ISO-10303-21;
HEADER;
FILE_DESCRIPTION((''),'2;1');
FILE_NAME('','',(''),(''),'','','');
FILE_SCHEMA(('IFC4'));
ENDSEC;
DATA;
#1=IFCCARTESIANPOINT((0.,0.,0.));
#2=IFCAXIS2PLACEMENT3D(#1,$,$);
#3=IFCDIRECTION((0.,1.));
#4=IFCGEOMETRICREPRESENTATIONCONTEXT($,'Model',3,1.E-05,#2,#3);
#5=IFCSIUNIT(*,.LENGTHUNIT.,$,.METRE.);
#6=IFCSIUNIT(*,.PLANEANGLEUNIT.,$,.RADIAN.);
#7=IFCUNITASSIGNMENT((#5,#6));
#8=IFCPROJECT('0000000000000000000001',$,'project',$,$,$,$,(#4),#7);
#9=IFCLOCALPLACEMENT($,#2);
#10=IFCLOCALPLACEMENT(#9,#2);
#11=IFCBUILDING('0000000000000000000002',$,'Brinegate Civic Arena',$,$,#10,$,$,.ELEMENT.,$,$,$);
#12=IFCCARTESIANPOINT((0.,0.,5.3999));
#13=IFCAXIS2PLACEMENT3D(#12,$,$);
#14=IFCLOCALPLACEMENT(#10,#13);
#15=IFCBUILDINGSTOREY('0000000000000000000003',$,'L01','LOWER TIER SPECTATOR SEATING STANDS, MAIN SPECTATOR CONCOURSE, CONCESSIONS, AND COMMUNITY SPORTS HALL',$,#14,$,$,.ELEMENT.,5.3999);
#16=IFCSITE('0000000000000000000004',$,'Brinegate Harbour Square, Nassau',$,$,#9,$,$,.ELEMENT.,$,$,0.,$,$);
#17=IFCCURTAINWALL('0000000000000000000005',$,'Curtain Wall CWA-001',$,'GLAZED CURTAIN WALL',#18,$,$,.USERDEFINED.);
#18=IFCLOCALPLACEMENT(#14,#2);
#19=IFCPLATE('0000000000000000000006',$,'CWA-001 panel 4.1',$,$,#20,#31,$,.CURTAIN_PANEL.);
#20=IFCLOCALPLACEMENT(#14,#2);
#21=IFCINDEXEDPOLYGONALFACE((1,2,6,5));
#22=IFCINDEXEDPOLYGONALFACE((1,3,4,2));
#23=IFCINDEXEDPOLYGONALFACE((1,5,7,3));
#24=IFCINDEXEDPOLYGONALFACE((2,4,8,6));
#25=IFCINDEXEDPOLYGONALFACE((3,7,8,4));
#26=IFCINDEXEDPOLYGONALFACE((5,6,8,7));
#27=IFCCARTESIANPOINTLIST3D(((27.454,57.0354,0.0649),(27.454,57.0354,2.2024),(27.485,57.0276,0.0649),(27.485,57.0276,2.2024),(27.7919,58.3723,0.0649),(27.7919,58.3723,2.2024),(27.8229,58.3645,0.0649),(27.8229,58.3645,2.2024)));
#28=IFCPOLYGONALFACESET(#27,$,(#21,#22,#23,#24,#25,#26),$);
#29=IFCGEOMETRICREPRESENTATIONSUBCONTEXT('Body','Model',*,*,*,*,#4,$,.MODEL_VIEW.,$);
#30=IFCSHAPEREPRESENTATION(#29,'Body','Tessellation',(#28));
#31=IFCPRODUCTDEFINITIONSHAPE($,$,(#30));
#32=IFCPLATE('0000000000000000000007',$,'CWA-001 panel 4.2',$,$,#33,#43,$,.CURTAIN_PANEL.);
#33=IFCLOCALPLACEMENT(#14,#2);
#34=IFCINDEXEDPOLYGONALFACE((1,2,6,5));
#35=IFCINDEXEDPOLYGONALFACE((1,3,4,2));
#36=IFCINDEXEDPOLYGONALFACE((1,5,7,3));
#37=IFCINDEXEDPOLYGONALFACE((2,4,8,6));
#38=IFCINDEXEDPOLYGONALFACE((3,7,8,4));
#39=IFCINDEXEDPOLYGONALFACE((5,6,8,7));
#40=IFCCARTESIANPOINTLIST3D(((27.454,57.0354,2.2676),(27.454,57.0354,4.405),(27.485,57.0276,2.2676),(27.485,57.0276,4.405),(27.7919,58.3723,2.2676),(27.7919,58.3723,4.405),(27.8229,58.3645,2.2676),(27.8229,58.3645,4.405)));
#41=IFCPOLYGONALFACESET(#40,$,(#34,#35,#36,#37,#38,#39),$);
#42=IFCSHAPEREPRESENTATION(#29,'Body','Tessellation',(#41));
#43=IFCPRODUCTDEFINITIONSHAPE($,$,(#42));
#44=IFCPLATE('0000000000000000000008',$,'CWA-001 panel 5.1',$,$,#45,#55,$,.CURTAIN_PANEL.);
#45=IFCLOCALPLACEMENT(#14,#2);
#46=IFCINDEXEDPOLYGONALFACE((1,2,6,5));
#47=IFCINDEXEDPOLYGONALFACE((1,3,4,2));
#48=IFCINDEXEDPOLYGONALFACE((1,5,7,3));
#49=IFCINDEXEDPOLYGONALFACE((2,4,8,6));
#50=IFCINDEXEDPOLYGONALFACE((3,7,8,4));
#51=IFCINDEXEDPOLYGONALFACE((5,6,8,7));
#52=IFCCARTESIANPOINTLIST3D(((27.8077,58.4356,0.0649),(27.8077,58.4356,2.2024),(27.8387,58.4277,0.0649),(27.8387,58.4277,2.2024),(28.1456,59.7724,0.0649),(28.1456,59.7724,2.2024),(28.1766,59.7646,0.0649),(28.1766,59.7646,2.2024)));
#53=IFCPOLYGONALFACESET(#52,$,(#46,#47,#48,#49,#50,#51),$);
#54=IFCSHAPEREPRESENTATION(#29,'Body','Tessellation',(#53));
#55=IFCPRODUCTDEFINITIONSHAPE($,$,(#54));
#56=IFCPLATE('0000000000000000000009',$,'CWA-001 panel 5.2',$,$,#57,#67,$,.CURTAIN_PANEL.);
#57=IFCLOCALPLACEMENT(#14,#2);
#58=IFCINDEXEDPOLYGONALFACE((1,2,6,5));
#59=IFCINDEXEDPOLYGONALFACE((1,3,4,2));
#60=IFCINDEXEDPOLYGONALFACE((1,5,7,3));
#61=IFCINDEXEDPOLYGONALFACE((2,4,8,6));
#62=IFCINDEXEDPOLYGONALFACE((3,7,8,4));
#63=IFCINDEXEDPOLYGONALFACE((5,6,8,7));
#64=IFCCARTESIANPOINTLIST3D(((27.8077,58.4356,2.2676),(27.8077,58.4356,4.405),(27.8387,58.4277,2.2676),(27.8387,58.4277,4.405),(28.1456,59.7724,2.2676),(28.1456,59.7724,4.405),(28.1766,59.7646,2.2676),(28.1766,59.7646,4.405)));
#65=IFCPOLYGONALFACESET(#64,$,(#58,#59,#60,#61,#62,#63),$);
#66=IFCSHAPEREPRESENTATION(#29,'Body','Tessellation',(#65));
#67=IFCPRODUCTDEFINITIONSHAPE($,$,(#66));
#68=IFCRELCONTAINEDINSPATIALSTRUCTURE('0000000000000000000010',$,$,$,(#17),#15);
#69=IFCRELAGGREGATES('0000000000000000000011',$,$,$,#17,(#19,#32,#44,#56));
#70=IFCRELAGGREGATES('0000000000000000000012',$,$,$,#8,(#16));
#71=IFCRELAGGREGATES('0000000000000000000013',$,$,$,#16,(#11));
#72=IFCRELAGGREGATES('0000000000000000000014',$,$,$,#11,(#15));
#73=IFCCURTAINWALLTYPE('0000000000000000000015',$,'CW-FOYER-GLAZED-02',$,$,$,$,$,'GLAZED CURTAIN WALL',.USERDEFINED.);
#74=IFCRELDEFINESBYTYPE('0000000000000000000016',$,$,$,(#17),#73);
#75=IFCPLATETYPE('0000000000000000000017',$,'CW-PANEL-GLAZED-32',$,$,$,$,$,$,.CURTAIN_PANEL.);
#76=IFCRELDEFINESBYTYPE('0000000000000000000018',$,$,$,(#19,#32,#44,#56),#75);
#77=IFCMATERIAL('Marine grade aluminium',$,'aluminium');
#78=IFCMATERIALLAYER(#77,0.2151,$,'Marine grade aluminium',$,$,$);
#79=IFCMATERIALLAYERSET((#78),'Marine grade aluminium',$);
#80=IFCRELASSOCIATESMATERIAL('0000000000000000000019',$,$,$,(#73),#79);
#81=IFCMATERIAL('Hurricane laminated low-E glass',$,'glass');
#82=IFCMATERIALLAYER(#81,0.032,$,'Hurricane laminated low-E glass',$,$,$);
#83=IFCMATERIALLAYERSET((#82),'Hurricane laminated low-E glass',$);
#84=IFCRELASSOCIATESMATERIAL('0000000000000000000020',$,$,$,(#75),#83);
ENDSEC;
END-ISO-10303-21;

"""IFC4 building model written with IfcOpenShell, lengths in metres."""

from ifc_helpers import new_model, si_unit, direction, frame, origin, origin_2d, place, context, subcontext, project, spatial, rectangle, extrude, material, layer, layer_set, type_object, element, aggregate, save


model = new_model("IFC4")

# Units and contexts
model_context = context("Model", 3, precision=1e-05, world=origin(), true_north=direction((0.0, 1.0)))
body_context = subcontext(model_context, "Body", "Model", "MODEL_VIEW")
ifc_project = project(units=[si_unit("LENGTHUNIT", "METRE"), si_unit("PLANEANGLEUNIT", "RADIAN")], contexts=[model_context])

# Site, building, storey
site_placement = place(None, origin())
site = spatial("IfcSite", under=ifc_project, at=site_placement, Name="Brinegate Harbour Square, Nassau", CompositionType="ELEMENT", RefElevation=0.0)
building_placement = place(site_placement, origin())
building = spatial("IfcBuilding", under=site, at=building_placement, Name="Brinegate Civic Arena", CompositionType="ELEMENT")
storey_placement = place(building_placement, frame((0.0, 0.0, 5.3999)))
storey = spatial("IfcBuildingStorey", under=building, at=storey_placement, Name="L01", Description="LOWER TIER SPECTATOR SEATING STANDS, MAIN SPECTATOR CONCOURSE, CONCESSIONS, AND COMMUNITY SPORTS HALL", CompositionType="ELEMENT", Elevation=5.3999)

# Curtain wall, plates
ifc_material_1 = material(Name="Marine grade aluminium", Category="aluminium")
ifc_layer_1 = layer(ifc_material_1, 0.2151, Name="Marine grade aluminium")
ifc_layer_set_1 = layer_set([ifc_layer_1], Name="Marine grade aluminium")
curtain_wall_type = type_object("IfcCurtainWallType", Name="CW-FOYER-GLAZED-02", ElementType="GLAZED CURTAIN WALL", PredefinedType="USERDEFINED", material=ifc_layer_set_1)
curtain_wall_placement = place(storey_placement, origin())
curtain_wall = element("IfcCurtainWall", 1, at=curtain_wall_placement, inside=storey, type_object=curtain_wall_type, Name="Curtain Wall CWA-001", ObjectType="GLAZED CURTAIN WALL", PredefinedType="USERDEFINED")
ifc_material_2 = material(Name="Hurricane laminated low-E glass", Category="glass")
ifc_layer_2 = layer(ifc_material_2, 0.032, Name="Hurricane laminated low-E glass")
ifc_layer_set_2 = layer_set([ifc_layer_2], Name="Hurricane laminated low-E glass")
plate_type = type_object("IfcPlateType", Name="CW-PANEL-GLAZED-32", PredefinedType="CURTAIN_PANEL", material=ifc_layer_set_2)
plate_1_placement = place(storey_placement, frame((27.6384, 57.7, 0.0649), z_axis=(0.0, 0.0, 1.0), x_axis=(0.245042, 0.969513, 0.0)))
plate_1 = element("IfcPlate", 2, at=plate_1_placement, type_object=plate_type, Name="CWA-001 panel 4.1", PredefinedType="CURTAIN_PANEL", context=body_context, shape_type="SweptSolid", body=[
    extrude(rectangle(XDim=1.3789, YDim=0.032, at=origin_2d()), origin(), (0.0, 0.0, 1.0), 2.1375),
])
plate_2_placement = place(storey_placement, frame((27.6384, 57.7, 2.2676), z_axis=(0.0, 0.0, 1.0), x_axis=(0.245042, 0.969513, 0.0)))
plate_2 = element("IfcPlate", 3, at=plate_2_placement, type_object=plate_type, Name="CWA-001 panel 4.2", PredefinedType="CURTAIN_PANEL", context=body_context, shape_type="SweptSolid", body=[
    extrude(rectangle(XDim=1.3789, YDim=0.032, at=origin_2d()), origin(), (0.0, 0.0, 1.0), 2.1375),
])
plate_3_placement = place(storey_placement, frame((27.9922, 59.1001, 0.0649), z_axis=(0.0, 0.0, 1.0), x_axis=(0.245042, 0.969513, 0.0)))
plate_3 = element("IfcPlate", 4, at=plate_3_placement, type_object=plate_type, Name="CWA-001 panel 5.1", PredefinedType="CURTAIN_PANEL", context=body_context, shape_type="SweptSolid", body=[
    extrude(rectangle(XDim=1.3789, YDim=0.032, at=origin_2d()), origin(), (0.0, 0.0, 1.0), 2.1375),
])
plate_4_placement = place(storey_placement, frame((27.9922, 59.1001, 2.2676), z_axis=(0.0, 0.0, 1.0), x_axis=(0.245042, 0.969513, 0.0)))
plate_4 = element("IfcPlate", 5, at=plate_4_placement, type_object=plate_type, Name="CWA-001 panel 5.2", PredefinedType="CURTAIN_PANEL", context=body_context, shape_type="SweptSolid", body=[
    extrude(rectangle(XDim=1.3789, YDim=0.032, at=origin_2d()), origin(), (0.0, 0.0, 1.0), 2.1375),
])
aggregate(curtain_wall, [plate_1, plate_2, plate_3, plate_4])

save(model, "model.ifc")
